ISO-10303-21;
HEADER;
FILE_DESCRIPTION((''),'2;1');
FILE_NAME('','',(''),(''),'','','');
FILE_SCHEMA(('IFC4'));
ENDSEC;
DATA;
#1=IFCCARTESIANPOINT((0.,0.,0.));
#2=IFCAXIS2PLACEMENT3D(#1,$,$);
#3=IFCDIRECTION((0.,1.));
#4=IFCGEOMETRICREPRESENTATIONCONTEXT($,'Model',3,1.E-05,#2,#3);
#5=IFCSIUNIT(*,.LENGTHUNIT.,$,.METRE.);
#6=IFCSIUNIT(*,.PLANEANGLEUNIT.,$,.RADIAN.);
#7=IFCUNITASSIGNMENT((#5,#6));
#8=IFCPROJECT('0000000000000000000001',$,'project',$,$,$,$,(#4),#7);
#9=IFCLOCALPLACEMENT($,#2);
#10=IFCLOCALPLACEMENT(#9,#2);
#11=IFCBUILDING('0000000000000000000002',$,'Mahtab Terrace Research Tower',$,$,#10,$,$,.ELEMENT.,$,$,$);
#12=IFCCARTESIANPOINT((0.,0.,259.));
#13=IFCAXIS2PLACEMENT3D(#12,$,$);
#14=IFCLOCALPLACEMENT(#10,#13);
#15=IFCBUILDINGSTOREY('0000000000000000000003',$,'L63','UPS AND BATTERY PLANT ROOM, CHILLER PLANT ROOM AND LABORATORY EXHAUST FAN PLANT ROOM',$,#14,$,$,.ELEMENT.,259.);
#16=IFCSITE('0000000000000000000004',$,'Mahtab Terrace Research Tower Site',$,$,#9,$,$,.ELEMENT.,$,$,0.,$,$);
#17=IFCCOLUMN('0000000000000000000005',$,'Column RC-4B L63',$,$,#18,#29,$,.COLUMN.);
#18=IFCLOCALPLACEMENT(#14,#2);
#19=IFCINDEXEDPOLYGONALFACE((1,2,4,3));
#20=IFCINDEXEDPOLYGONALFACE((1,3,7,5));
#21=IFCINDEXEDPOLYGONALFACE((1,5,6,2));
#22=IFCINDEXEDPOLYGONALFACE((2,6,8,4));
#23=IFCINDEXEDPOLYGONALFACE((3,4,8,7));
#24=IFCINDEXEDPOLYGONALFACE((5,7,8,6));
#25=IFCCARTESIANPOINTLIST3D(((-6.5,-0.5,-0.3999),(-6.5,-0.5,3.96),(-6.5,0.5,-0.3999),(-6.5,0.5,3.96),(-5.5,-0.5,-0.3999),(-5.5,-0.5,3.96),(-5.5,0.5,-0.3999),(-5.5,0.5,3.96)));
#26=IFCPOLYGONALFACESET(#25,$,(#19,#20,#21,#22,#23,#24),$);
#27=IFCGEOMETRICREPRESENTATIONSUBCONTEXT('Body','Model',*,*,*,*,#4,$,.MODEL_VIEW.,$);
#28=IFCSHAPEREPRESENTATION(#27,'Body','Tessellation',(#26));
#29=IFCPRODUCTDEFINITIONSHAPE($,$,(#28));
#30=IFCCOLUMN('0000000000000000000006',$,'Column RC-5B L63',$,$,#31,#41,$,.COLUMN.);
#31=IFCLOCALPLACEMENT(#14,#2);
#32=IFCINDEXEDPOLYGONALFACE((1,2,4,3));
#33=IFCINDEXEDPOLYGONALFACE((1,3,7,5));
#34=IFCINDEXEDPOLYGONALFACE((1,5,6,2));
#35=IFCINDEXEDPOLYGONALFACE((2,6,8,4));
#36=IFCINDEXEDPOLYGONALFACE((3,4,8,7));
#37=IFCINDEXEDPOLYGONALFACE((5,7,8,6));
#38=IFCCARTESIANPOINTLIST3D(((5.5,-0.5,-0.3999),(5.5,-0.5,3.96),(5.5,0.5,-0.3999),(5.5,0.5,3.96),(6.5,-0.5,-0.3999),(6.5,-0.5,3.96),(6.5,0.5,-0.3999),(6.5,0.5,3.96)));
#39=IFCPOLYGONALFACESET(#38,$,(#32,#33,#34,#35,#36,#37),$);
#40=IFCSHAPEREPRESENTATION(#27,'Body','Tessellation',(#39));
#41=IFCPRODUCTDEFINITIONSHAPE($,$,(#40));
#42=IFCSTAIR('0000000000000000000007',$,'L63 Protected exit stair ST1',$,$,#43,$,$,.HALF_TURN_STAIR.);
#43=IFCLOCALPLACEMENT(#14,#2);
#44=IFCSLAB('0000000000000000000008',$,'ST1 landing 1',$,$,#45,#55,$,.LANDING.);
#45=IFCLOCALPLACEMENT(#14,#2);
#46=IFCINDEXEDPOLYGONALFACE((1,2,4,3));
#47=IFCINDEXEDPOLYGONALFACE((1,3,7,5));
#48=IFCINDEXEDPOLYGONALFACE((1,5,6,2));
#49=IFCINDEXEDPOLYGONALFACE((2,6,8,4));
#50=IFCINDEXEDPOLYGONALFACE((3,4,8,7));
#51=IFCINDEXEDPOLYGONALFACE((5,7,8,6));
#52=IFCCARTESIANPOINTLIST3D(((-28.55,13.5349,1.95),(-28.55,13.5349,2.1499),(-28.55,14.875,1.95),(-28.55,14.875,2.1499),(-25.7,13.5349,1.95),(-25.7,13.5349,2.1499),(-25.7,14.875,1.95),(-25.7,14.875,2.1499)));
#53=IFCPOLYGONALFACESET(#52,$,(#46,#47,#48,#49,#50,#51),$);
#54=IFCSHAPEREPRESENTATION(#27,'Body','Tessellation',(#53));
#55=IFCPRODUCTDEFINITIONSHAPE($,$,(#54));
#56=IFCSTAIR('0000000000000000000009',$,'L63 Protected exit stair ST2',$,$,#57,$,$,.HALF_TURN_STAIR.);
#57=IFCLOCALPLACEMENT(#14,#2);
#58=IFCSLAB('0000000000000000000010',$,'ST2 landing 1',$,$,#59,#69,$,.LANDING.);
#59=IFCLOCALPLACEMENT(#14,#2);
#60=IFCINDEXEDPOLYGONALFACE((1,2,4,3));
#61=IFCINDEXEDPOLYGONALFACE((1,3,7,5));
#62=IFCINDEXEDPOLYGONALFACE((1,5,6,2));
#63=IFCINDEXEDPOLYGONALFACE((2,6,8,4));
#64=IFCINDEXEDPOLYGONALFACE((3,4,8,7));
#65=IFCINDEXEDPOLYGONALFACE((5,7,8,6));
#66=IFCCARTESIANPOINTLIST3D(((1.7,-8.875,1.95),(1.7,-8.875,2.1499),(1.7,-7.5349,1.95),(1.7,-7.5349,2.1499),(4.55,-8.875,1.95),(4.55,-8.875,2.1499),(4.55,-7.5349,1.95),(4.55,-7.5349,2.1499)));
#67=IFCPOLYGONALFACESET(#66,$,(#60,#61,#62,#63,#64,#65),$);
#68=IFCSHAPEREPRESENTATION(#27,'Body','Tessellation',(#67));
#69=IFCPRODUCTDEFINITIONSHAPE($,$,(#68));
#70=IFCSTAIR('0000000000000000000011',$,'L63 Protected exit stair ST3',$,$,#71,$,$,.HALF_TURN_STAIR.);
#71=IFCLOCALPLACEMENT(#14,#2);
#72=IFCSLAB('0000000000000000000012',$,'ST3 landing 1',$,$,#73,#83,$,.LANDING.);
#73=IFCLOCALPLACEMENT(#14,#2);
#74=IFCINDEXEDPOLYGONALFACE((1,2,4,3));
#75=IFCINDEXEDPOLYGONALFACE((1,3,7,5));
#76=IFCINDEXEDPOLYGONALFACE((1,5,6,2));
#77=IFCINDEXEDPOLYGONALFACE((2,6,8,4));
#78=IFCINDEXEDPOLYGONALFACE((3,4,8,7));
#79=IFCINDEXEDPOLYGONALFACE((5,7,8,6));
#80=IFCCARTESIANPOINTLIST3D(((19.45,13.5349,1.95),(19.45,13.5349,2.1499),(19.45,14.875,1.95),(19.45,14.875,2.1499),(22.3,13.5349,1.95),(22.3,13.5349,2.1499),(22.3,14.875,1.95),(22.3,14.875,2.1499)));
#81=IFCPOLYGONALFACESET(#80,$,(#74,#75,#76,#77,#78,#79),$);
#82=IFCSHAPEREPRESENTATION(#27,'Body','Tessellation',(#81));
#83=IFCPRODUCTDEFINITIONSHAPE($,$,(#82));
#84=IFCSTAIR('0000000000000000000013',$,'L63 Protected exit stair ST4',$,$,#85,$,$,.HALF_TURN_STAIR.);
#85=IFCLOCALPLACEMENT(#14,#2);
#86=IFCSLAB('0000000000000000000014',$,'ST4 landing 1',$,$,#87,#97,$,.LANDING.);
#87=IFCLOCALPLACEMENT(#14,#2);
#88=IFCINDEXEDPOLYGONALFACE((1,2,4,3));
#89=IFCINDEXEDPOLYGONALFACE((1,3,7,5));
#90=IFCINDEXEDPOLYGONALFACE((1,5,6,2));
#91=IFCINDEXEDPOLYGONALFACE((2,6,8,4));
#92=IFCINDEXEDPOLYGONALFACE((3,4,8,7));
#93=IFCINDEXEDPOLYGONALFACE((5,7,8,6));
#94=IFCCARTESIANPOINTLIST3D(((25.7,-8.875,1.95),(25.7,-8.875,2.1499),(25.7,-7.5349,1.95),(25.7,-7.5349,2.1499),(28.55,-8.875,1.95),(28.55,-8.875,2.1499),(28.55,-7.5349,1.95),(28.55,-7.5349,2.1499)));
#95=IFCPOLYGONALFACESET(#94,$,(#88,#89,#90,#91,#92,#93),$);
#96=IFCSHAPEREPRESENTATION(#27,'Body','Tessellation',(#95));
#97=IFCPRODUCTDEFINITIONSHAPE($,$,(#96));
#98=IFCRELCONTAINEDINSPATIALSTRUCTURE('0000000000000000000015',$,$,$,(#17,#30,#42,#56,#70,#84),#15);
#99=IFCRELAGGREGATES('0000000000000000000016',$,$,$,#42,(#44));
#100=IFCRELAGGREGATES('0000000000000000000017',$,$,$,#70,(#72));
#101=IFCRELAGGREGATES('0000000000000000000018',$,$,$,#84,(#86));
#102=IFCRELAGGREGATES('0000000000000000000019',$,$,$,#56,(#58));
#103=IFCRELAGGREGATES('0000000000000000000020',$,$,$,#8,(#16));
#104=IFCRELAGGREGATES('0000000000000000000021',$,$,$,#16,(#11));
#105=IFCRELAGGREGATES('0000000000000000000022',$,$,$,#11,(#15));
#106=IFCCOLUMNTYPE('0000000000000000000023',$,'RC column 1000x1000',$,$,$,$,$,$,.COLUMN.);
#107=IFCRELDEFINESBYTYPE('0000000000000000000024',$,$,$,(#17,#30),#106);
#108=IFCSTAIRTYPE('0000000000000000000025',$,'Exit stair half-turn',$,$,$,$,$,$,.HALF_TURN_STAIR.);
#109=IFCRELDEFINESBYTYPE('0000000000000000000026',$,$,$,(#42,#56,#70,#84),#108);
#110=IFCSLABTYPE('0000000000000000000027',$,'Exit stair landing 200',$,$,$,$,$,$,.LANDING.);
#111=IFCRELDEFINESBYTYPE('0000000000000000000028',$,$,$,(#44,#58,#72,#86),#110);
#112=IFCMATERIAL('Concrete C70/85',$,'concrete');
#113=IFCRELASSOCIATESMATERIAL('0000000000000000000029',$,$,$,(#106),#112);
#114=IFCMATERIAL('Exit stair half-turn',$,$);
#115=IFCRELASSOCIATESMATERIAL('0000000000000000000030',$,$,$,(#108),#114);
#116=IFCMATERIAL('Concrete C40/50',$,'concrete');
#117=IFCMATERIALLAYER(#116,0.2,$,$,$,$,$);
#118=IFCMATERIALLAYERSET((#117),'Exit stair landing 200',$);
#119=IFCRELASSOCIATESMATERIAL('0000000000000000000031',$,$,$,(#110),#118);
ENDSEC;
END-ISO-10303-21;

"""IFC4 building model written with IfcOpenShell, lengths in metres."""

from ifc_helpers import new_model, si_unit, direction, frame, origin, origin_2d, place, context, subcontext, project, spatial, polyline, rectangle, outline, extrude, material, layer, layer_set, material_profile, profile_set, type_object, element, aggregate, save


model = new_model("IFC4")

# Units and contexts
model_context = context("Model", 3, precision=1e-05, world=origin(), true_north=direction((0.0, 1.0)))
body_context = subcontext(model_context, "Body", "Model", "MODEL_VIEW")
ifc_project = project(units=[si_unit("LENGTHUNIT", "METRE"), si_unit("PLANEANGLEUNIT", "RADIAN")], contexts=[model_context])

# Site, building, storey
site_placement = place(None, origin())
site = spatial("IfcSite", under=ifc_project, at=site_placement, Name="Mahtab Terrace Research Tower Site", CompositionType="ELEMENT", RefElevation=0.0)
building_placement = place(site_placement, origin())
building = spatial("IfcBuilding", under=site, at=building_placement, Name="Mahtab Terrace Research Tower", CompositionType="ELEMENT")
storey_placement = place(building_placement, frame((0.0, 0.0, 259.0)))
storey = spatial("IfcBuildingStorey", under=building, at=storey_placement, Name="L63", Description="UPS AND BATTERY PLANT ROOM, CHILLER PLANT ROOM AND LABORATORY EXHAUST FAN PLANT ROOM", CompositionType="ELEMENT", Elevation=259.0)

# Columns
ifc_material_1 = material(Name="Concrete C70/85", Category="concrete")
ifc_material_profile = material_profile(ifc_material_1, rectangle(XDim=1.0, YDim=1.0, at=origin_2d()), Name="RC column 1000x1000")
ifc_profile_set = profile_set([ifc_material_profile], Name="Concrete C70/85")
column_type = type_object("IfcColumnType", Name="RC column 1000x1000", PredefinedType="COLUMN", material=ifc_profile_set)
for number, where, z_axis, x_axis, name in (
    (1, (-6.0, 0.0, -0.3999), (0.0, 0.0, 1.0), (1.0, 0.0, 0.0), "Column RC-4B L63"),
    (2, (6.0, 0.0, -0.3999), (0.0, 0.0, 1.0), (1.0, 0.0, 0.0), "Column RC-5B L63"),
):
    element("IfcColumn", number, at=place(storey_placement, frame(where, z_axis=z_axis, x_axis=x_axis)), inside=storey, type_object=column_type, Name=name, PredefinedType="COLUMN", context=body_context, shape_type="SweptSolid", body=[
        extrude(rectangle(XDim=1.0, YDim=1.0, at=origin_2d()), origin(), (0.0, 0.0, 1.0), 4.3599),
    ])

# Stairs, slabs
ifc_material_2 = material(Name="Exit stair half-turn")
stair_type = type_object("IfcStairType", Name="Exit stair half-turn", PredefinedType="HALF_TURN_STAIR", material=ifc_material_2)
stair_1_placement = place(storey_placement, origin())
stair_1 = element("IfcStair", 3, at=stair_1_placement, inside=storey, type_object=stair_type, Name="L63 Protected exit stair ST1", PredefinedType="HALF_TURN_STAIR")
ifc_material_3 = material(Name="Concrete C40/50", Category="concrete")
ifc_layer_1 = layer(ifc_material_3, 0.2)
ifc_layer_set_1 = layer_set([ifc_layer_1], Name="Exit stair landing 200")
slab_type_1 = type_object("IfcSlabType", Name="Exit stair landing 200", PredefinedType="LANDING", material=ifc_layer_set_1)
slab_1_placement = place(storey_placement, frame((0.0, 0.0, 1.95)))
slab_1 = element("IfcSlab", 4, at=slab_1_placement, type_object=slab_type_1, Name="ST1 landing 1", PredefinedType="LANDING", context=body_context, shape_type="SweptSolid", body=[
    extrude(outline(polyline([(-25.7, 13.5349), (-25.7, 14.875), (-28.55, 14.875), (-28.55, 13.5349), (-25.7, 13.5349)])), origin(), (0.0, 0.0, 1.0), 0.2),
])
aggregate(stair_1, [slab_1])
stair_2_placement = place(storey_placement, origin())
stair_2 = element("IfcStair", 5, at=stair_2_placement, inside=storey, type_object=stair_type, Name="L63 Protected exit stair ST2", PredefinedType="HALF_TURN_STAIR")
slab_2_placement = place(storey_placement, frame((0.0, 0.0, 1.95)))
slab_2 = element("IfcSlab", 6, at=slab_2_placement, type_object=slab_type_1, Name="ST2 landing 1", PredefinedType="LANDING", context=body_context, shape_type="SweptSolid", body=[
    extrude(outline(polyline([(1.7, -7.5349), (1.7, -8.875), (4.55, -8.875), (4.55, -7.5349), (1.7, -7.5349)])), origin(), (0.0, 0.0, 1.0), 0.2),
])
stair_3_placement = place(storey_placement, origin())
stair_3 = element("IfcStair", 7, at=stair_3_placement, inside=storey, type_object=stair_type, Name="L63 Protected exit stair ST3", PredefinedType="HALF_TURN_STAIR")
slab_3_placement = place(storey_placement, frame((0.0, 0.0, 1.95)))
slab_3 = element("IfcSlab", 8, at=slab_3_placement, type_object=slab_type_1, Name="ST3 landing 1", PredefinedType="LANDING", context=body_context, shape_type="SweptSolid", body=[
    extrude(outline(polyline([(22.3, 13.5349), (22.3, 14.875), (19.45, 14.875), (19.45, 13.5349), (22.3, 13.5349)])), origin(), (0.0, 0.0, 1.0), 0.2),
])
aggregate(stair_3, [slab_3])
stair_4_placement = place(storey_placement, origin())
stair_4 = element("IfcStair", 9, at=stair_4_placement, inside=storey, type_object=stair_type, Name="L63 Protected exit stair ST4", PredefinedType="HALF_TURN_STAIR")
slab_4_placement = place(storey_placement, frame((0.0, 0.0, 1.95)))
slab_4 = element("IfcSlab", 10, at=slab_4_placement, type_object=slab_type_1, Name="ST4 landing 1", PredefinedType="LANDING", context=body_context, shape_type="SweptSolid", body=[
    extrude(outline(polyline([(25.7, -7.5349), (25.7, -8.875), (28.55, -8.875), (28.55, -7.5349), (25.7, -7.5349)])), origin(), (0.0, 0.0, 1.0), 0.2),
])
aggregate(stair_4, [slab_4])

aggregate(stair_2, [slab_2])

save(model, "model.ifc")
